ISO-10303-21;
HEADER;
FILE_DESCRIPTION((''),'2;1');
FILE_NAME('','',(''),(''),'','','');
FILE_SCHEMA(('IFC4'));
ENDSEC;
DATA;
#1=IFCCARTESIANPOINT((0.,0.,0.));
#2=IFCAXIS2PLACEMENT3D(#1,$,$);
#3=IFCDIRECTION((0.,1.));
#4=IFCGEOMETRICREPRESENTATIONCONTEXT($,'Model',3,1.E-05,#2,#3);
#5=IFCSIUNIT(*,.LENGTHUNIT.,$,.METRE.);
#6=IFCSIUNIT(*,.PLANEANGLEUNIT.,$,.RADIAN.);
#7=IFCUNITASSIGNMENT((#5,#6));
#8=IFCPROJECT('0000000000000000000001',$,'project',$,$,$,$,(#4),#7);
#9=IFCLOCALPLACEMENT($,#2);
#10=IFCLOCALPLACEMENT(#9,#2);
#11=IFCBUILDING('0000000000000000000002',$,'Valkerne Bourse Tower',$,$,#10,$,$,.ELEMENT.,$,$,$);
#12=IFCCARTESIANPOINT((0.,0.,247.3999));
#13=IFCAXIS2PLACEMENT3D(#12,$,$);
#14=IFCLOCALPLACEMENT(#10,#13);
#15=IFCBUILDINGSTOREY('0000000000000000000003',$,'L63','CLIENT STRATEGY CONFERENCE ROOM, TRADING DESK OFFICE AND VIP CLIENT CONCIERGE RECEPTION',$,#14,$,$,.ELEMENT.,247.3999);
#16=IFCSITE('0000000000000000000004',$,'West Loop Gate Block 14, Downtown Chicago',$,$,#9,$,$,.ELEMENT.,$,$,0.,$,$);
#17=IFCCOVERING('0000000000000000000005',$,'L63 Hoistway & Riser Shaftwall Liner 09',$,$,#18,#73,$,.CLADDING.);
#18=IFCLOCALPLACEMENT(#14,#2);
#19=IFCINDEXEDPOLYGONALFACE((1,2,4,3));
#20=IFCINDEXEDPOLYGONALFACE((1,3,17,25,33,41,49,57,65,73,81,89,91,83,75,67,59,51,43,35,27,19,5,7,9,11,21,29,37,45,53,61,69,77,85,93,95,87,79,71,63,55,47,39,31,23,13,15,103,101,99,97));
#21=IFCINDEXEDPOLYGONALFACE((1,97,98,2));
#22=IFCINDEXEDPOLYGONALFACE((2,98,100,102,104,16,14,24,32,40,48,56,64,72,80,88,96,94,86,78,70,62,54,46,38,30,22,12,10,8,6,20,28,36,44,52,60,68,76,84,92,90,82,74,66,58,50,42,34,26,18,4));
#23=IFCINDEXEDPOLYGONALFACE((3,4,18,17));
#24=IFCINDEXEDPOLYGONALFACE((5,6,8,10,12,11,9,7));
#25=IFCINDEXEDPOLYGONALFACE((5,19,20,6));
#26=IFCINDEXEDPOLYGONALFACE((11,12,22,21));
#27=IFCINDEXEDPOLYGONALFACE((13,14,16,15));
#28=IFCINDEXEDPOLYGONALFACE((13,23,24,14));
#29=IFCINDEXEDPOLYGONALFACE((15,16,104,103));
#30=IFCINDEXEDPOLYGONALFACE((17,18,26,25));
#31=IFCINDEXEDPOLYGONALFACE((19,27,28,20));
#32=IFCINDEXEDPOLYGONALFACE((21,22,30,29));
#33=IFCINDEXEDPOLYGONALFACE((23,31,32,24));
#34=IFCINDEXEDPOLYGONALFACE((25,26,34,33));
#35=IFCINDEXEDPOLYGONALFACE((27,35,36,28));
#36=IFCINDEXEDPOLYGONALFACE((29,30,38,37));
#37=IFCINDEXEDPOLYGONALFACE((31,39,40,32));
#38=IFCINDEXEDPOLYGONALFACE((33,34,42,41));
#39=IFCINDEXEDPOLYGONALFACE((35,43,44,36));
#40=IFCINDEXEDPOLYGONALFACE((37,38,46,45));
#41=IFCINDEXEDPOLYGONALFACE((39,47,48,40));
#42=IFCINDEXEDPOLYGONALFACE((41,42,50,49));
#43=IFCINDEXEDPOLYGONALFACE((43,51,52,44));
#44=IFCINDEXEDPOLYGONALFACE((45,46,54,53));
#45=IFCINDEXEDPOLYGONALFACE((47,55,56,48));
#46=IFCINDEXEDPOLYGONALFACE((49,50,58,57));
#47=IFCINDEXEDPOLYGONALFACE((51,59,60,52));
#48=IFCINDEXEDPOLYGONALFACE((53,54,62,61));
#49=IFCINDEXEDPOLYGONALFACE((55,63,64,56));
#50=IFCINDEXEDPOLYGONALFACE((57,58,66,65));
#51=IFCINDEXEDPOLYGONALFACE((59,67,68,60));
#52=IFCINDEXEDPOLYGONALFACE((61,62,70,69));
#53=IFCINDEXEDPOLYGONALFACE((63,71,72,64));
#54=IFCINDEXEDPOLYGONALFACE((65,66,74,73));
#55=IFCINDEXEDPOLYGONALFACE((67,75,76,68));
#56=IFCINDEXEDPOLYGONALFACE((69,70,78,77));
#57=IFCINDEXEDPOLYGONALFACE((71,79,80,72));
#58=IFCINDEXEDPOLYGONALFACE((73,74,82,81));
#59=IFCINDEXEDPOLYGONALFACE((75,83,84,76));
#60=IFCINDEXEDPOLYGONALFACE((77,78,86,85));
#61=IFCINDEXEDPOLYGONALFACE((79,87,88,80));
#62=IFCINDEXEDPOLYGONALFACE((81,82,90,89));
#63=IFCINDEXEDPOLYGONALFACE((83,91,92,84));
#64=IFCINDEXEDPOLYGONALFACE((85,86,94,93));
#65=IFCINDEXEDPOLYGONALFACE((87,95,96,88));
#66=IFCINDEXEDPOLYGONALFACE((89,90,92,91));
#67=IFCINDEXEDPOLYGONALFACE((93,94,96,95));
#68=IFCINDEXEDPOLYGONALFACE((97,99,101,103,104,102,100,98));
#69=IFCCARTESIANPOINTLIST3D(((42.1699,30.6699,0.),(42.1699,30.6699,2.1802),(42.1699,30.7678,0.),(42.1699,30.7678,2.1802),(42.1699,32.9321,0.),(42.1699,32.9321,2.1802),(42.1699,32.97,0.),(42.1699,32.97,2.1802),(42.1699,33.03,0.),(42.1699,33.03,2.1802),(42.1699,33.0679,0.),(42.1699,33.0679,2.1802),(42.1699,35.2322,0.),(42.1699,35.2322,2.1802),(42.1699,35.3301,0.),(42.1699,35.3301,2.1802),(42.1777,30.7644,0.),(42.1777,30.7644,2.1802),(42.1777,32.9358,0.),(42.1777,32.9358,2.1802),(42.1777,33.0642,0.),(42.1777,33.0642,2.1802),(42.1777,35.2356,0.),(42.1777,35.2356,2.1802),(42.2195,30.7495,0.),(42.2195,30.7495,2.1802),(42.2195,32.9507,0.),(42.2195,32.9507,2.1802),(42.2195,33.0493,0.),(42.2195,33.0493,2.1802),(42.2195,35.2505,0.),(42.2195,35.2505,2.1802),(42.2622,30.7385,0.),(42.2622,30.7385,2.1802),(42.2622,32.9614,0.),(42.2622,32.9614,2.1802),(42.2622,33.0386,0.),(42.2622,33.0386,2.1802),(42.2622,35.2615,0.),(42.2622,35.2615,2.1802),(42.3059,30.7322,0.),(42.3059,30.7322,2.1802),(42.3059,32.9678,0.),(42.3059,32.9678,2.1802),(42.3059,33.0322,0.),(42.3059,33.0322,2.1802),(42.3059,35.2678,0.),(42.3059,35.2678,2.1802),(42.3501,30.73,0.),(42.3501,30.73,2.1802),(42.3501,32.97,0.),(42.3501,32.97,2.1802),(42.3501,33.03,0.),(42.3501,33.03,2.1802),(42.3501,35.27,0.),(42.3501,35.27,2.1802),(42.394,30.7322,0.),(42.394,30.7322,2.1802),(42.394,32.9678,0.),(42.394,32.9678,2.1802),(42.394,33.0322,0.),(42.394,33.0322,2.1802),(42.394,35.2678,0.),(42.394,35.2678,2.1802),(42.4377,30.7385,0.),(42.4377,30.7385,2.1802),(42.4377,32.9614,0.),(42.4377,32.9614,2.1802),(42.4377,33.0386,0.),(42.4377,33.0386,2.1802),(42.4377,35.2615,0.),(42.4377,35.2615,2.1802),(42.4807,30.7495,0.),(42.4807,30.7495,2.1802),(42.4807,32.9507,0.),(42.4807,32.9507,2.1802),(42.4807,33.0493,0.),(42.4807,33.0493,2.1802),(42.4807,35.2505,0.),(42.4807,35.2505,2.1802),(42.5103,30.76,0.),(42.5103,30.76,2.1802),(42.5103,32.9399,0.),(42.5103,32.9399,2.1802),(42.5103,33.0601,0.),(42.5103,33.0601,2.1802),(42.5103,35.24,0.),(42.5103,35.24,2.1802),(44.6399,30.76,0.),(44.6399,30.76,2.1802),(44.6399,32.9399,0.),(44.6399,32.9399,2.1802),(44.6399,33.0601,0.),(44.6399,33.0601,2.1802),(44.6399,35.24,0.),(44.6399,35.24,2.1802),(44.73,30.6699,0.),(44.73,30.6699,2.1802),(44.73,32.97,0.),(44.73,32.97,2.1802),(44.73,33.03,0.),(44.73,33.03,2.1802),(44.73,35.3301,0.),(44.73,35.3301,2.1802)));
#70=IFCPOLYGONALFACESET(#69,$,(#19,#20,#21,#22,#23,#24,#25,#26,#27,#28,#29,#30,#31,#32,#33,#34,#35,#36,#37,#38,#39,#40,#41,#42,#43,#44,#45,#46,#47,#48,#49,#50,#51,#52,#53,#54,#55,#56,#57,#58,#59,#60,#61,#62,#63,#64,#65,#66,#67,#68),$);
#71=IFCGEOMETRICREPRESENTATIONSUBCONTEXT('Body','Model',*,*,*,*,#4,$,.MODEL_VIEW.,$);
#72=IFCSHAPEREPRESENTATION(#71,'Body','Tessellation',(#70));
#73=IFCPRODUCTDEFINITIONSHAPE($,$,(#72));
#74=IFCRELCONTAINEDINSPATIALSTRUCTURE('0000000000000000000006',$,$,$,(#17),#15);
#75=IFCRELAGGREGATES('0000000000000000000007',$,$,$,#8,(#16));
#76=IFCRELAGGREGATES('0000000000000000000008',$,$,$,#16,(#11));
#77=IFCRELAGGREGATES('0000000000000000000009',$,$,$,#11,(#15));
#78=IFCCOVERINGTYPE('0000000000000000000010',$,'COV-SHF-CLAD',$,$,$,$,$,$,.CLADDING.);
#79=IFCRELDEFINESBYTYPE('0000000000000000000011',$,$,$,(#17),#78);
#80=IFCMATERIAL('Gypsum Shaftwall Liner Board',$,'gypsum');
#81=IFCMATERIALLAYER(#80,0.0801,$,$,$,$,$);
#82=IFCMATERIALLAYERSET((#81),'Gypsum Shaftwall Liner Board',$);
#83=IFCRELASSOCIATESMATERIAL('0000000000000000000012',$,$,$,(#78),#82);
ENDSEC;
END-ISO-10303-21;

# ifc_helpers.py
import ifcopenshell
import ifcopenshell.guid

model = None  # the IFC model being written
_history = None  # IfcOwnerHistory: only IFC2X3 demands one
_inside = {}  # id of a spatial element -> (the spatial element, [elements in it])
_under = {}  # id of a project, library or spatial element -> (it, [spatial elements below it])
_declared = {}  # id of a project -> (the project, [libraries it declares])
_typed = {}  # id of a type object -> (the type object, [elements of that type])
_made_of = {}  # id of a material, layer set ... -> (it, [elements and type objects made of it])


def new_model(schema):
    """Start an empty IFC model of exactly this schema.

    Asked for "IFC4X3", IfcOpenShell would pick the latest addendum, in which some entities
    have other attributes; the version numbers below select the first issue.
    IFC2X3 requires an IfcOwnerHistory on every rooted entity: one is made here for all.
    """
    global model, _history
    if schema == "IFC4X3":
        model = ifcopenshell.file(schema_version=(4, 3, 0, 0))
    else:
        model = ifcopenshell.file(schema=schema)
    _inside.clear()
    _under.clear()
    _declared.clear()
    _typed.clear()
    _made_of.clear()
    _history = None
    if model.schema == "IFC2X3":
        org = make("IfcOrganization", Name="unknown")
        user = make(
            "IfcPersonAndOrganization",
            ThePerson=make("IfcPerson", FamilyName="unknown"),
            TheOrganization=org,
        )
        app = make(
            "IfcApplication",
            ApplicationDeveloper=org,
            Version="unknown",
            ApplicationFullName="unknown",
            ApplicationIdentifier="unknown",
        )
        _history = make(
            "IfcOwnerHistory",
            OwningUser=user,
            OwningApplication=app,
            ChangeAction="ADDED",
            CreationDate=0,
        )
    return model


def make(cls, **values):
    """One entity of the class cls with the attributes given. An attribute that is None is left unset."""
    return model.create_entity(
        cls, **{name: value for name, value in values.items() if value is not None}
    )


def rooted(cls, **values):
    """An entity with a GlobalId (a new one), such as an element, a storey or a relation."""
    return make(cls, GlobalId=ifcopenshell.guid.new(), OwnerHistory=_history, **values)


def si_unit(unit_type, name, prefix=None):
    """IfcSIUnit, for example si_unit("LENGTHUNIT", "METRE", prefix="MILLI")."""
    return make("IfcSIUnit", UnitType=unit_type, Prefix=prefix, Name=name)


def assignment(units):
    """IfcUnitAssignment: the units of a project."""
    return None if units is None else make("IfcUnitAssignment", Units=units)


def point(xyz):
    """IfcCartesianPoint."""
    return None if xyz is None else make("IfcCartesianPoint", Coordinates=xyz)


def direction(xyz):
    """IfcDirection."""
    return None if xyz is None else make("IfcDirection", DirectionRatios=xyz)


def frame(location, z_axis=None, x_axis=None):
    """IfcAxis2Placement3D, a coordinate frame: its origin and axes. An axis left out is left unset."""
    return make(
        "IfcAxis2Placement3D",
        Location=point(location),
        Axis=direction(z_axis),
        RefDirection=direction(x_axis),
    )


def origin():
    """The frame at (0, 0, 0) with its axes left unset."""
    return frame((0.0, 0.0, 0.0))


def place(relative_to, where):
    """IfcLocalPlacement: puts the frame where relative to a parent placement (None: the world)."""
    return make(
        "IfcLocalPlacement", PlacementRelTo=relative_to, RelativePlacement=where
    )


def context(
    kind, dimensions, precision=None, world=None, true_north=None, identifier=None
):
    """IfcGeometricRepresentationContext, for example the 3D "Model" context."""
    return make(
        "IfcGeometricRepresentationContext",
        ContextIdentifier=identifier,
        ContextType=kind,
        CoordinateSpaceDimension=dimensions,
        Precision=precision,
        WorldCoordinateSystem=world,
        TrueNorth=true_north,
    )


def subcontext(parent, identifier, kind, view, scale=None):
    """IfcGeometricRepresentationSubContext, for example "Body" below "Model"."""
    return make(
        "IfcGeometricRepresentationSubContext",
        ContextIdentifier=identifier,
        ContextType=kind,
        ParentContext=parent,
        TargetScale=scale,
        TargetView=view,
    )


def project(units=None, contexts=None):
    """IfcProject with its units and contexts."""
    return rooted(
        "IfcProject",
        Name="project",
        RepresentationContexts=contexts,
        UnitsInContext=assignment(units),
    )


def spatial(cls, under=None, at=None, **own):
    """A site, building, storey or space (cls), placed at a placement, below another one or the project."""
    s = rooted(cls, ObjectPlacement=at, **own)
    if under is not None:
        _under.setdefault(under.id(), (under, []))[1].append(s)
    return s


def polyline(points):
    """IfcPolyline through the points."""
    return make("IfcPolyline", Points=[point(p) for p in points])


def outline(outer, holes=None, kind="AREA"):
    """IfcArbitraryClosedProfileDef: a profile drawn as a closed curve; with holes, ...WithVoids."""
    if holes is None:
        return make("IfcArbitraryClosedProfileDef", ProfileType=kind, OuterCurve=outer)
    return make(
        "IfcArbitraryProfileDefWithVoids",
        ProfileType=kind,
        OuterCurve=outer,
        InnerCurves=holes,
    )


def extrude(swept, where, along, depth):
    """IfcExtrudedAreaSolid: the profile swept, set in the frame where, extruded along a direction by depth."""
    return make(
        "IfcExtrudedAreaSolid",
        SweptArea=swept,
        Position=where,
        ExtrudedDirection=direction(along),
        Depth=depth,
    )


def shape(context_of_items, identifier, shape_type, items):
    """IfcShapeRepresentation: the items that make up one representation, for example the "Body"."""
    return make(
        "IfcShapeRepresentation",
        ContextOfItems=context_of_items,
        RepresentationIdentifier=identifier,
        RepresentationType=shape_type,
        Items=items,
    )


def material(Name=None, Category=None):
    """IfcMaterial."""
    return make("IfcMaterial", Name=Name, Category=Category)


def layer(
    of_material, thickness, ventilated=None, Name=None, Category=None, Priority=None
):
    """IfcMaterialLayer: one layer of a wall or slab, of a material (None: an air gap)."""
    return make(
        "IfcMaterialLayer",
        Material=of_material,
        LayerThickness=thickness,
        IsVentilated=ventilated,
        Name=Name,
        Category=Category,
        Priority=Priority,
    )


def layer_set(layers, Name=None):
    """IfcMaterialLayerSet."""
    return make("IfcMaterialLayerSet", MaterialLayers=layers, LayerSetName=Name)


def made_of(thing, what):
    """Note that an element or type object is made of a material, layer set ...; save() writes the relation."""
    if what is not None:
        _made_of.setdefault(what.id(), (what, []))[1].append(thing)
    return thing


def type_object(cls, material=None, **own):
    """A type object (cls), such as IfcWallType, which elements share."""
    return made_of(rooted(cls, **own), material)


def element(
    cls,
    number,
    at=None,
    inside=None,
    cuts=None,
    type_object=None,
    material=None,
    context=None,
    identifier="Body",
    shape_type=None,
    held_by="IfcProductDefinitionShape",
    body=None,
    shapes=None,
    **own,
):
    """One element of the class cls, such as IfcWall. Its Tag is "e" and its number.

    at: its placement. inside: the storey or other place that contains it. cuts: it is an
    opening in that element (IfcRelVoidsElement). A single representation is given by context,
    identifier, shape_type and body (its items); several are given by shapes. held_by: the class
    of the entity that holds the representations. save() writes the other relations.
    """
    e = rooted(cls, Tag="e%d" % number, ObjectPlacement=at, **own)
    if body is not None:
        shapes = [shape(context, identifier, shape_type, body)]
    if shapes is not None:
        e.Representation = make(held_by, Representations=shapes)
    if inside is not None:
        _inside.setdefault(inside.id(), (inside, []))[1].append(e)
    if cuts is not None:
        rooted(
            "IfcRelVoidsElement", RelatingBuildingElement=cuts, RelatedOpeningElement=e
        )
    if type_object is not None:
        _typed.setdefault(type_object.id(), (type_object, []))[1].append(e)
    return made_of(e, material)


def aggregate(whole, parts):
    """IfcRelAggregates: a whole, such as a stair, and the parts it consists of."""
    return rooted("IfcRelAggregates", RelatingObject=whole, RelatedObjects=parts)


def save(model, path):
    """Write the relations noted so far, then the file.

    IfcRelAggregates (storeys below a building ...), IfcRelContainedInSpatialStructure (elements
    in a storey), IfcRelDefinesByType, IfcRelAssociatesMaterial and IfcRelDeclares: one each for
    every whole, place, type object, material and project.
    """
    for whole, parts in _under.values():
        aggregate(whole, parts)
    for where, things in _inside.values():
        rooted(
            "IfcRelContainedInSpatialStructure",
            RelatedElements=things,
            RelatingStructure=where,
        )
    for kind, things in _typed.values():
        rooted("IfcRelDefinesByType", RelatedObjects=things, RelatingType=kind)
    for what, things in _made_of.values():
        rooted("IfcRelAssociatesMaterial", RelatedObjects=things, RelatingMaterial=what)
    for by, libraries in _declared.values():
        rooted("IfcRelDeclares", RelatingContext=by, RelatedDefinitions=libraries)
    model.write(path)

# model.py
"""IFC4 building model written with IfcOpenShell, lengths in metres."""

from ifc_helpers import new_model, si_unit, direction, frame, origin, place, context, subcontext, project, spatial, polyline, outline, extrude, material, layer, layer_set, type_object, element, save


model = new_model("IFC4")

# Units and contexts
model_context = context("Model", 3, precision=1e-05, world=origin(), true_north=direction((0.0, 1.0)))
body_context = subcontext(model_context, "Body", "Model", "MODEL_VIEW")
ifc_project = project(units=[si_unit("LENGTHUNIT", "METRE"), si_unit("PLANEANGLEUNIT", "RADIAN")], contexts=[model_context])

# Site, building, storey
site_placement = place(None, origin())
site = spatial("IfcSite", under=ifc_project, at=site_placement, Name="West Loop Gate Block 14, Downtown Chicago", CompositionType="ELEMENT", RefElevation=0.0)
building_placement = place(site_placement, origin())
building = spatial("IfcBuilding", under=site, at=building_placement, Name="Valkerne Bourse Tower", CompositionType="ELEMENT")
storey_placement = place(building_placement, frame((0.0, 0.0, 247.3999)))
storey = spatial("IfcBuildingStorey", under=building, at=storey_placement, Name="L63", Description="CLIENT STRATEGY CONFERENCE ROOM, TRADING DESK OFFICE AND VIP CLIENT CONCIERGE RECEPTION", CompositionType="ELEMENT", Elevation=247.3999)

# Covering
ifc_material_1 = material(Name="Gypsum Shaftwall Liner Board", Category="gypsum")
ifc_layer_1 = layer(ifc_material_1, 0.0801)
ifc_layer_set_1 = layer_set([ifc_layer_1], Name="Gypsum Shaftwall Liner Board")
covering_type_1 = type_object("IfcCoveringType", Name="COV-SHF-CLAD", PredefinedType="CLADDING", material=ifc_layer_set_1)
covering_1_placement = place(storey_placement, origin())
element("IfcCovering", 1, at=covering_1_placement, inside=storey, type_object=covering_type_1, Name="L63 Hoistway & Riser Shaftwall Liner 09", PredefinedType="CLADDING", context=body_context, shape_type="SweptSolid", body=[
    extrude(outline(polyline([(42.1699, 33.0679), (42.1777, 33.0642), (42.2195, 33.0493), (42.2622, 33.0386), (42.3059, 33.0322), (42.3501, 33.03), (42.394, 33.0322), (42.4377, 33.0386), (42.4807, 33.0493), (42.5103, 33.0601), (44.6399, 33.0601), (44.6399, 35.24), (42.5103, 35.24), (42.4807, 35.2505), (42.4377, 35.2615), (42.394, 35.2678), (42.3501, 35.27), (42.3059, 35.2678), (42.2622, 35.2615), (42.2195, 35.2505), (42.1777, 35.2356), (42.1699, 35.2322), (42.1699, 35.3301), (44.73, 35.3301), (44.73, 33.03), (44.73, 32.97), (44.73, 30.6699), (42.1699, 30.6699), (42.1699, 30.7678), (42.1777, 30.7644), (42.2195, 30.7495), (42.2622, 30.7385), (42.3059, 30.7322), (42.3501, 30.73), (42.394, 30.7322), (42.4377, 30.7385), (42.4807, 30.7495), (42.5103, 30.76), (44.6399, 30.76), (44.6399, 32.9399), (42.5103, 32.9399), (42.4807, 32.9507), (42.4377, 32.9614), (42.394, 32.9678), (42.3501, 32.97), (42.3059, 32.9678), (42.2622, 32.9614), (42.2195, 32.9507), (42.1777, 32.9358), (42.1699, 32.9321), (42.1699, 32.97), (42.1699, 33.03), (42.1699, 33.0679)])), origin(), (0.0, 0.0, 1.0), 2.1802),
])

save(model, "model.ifc")
